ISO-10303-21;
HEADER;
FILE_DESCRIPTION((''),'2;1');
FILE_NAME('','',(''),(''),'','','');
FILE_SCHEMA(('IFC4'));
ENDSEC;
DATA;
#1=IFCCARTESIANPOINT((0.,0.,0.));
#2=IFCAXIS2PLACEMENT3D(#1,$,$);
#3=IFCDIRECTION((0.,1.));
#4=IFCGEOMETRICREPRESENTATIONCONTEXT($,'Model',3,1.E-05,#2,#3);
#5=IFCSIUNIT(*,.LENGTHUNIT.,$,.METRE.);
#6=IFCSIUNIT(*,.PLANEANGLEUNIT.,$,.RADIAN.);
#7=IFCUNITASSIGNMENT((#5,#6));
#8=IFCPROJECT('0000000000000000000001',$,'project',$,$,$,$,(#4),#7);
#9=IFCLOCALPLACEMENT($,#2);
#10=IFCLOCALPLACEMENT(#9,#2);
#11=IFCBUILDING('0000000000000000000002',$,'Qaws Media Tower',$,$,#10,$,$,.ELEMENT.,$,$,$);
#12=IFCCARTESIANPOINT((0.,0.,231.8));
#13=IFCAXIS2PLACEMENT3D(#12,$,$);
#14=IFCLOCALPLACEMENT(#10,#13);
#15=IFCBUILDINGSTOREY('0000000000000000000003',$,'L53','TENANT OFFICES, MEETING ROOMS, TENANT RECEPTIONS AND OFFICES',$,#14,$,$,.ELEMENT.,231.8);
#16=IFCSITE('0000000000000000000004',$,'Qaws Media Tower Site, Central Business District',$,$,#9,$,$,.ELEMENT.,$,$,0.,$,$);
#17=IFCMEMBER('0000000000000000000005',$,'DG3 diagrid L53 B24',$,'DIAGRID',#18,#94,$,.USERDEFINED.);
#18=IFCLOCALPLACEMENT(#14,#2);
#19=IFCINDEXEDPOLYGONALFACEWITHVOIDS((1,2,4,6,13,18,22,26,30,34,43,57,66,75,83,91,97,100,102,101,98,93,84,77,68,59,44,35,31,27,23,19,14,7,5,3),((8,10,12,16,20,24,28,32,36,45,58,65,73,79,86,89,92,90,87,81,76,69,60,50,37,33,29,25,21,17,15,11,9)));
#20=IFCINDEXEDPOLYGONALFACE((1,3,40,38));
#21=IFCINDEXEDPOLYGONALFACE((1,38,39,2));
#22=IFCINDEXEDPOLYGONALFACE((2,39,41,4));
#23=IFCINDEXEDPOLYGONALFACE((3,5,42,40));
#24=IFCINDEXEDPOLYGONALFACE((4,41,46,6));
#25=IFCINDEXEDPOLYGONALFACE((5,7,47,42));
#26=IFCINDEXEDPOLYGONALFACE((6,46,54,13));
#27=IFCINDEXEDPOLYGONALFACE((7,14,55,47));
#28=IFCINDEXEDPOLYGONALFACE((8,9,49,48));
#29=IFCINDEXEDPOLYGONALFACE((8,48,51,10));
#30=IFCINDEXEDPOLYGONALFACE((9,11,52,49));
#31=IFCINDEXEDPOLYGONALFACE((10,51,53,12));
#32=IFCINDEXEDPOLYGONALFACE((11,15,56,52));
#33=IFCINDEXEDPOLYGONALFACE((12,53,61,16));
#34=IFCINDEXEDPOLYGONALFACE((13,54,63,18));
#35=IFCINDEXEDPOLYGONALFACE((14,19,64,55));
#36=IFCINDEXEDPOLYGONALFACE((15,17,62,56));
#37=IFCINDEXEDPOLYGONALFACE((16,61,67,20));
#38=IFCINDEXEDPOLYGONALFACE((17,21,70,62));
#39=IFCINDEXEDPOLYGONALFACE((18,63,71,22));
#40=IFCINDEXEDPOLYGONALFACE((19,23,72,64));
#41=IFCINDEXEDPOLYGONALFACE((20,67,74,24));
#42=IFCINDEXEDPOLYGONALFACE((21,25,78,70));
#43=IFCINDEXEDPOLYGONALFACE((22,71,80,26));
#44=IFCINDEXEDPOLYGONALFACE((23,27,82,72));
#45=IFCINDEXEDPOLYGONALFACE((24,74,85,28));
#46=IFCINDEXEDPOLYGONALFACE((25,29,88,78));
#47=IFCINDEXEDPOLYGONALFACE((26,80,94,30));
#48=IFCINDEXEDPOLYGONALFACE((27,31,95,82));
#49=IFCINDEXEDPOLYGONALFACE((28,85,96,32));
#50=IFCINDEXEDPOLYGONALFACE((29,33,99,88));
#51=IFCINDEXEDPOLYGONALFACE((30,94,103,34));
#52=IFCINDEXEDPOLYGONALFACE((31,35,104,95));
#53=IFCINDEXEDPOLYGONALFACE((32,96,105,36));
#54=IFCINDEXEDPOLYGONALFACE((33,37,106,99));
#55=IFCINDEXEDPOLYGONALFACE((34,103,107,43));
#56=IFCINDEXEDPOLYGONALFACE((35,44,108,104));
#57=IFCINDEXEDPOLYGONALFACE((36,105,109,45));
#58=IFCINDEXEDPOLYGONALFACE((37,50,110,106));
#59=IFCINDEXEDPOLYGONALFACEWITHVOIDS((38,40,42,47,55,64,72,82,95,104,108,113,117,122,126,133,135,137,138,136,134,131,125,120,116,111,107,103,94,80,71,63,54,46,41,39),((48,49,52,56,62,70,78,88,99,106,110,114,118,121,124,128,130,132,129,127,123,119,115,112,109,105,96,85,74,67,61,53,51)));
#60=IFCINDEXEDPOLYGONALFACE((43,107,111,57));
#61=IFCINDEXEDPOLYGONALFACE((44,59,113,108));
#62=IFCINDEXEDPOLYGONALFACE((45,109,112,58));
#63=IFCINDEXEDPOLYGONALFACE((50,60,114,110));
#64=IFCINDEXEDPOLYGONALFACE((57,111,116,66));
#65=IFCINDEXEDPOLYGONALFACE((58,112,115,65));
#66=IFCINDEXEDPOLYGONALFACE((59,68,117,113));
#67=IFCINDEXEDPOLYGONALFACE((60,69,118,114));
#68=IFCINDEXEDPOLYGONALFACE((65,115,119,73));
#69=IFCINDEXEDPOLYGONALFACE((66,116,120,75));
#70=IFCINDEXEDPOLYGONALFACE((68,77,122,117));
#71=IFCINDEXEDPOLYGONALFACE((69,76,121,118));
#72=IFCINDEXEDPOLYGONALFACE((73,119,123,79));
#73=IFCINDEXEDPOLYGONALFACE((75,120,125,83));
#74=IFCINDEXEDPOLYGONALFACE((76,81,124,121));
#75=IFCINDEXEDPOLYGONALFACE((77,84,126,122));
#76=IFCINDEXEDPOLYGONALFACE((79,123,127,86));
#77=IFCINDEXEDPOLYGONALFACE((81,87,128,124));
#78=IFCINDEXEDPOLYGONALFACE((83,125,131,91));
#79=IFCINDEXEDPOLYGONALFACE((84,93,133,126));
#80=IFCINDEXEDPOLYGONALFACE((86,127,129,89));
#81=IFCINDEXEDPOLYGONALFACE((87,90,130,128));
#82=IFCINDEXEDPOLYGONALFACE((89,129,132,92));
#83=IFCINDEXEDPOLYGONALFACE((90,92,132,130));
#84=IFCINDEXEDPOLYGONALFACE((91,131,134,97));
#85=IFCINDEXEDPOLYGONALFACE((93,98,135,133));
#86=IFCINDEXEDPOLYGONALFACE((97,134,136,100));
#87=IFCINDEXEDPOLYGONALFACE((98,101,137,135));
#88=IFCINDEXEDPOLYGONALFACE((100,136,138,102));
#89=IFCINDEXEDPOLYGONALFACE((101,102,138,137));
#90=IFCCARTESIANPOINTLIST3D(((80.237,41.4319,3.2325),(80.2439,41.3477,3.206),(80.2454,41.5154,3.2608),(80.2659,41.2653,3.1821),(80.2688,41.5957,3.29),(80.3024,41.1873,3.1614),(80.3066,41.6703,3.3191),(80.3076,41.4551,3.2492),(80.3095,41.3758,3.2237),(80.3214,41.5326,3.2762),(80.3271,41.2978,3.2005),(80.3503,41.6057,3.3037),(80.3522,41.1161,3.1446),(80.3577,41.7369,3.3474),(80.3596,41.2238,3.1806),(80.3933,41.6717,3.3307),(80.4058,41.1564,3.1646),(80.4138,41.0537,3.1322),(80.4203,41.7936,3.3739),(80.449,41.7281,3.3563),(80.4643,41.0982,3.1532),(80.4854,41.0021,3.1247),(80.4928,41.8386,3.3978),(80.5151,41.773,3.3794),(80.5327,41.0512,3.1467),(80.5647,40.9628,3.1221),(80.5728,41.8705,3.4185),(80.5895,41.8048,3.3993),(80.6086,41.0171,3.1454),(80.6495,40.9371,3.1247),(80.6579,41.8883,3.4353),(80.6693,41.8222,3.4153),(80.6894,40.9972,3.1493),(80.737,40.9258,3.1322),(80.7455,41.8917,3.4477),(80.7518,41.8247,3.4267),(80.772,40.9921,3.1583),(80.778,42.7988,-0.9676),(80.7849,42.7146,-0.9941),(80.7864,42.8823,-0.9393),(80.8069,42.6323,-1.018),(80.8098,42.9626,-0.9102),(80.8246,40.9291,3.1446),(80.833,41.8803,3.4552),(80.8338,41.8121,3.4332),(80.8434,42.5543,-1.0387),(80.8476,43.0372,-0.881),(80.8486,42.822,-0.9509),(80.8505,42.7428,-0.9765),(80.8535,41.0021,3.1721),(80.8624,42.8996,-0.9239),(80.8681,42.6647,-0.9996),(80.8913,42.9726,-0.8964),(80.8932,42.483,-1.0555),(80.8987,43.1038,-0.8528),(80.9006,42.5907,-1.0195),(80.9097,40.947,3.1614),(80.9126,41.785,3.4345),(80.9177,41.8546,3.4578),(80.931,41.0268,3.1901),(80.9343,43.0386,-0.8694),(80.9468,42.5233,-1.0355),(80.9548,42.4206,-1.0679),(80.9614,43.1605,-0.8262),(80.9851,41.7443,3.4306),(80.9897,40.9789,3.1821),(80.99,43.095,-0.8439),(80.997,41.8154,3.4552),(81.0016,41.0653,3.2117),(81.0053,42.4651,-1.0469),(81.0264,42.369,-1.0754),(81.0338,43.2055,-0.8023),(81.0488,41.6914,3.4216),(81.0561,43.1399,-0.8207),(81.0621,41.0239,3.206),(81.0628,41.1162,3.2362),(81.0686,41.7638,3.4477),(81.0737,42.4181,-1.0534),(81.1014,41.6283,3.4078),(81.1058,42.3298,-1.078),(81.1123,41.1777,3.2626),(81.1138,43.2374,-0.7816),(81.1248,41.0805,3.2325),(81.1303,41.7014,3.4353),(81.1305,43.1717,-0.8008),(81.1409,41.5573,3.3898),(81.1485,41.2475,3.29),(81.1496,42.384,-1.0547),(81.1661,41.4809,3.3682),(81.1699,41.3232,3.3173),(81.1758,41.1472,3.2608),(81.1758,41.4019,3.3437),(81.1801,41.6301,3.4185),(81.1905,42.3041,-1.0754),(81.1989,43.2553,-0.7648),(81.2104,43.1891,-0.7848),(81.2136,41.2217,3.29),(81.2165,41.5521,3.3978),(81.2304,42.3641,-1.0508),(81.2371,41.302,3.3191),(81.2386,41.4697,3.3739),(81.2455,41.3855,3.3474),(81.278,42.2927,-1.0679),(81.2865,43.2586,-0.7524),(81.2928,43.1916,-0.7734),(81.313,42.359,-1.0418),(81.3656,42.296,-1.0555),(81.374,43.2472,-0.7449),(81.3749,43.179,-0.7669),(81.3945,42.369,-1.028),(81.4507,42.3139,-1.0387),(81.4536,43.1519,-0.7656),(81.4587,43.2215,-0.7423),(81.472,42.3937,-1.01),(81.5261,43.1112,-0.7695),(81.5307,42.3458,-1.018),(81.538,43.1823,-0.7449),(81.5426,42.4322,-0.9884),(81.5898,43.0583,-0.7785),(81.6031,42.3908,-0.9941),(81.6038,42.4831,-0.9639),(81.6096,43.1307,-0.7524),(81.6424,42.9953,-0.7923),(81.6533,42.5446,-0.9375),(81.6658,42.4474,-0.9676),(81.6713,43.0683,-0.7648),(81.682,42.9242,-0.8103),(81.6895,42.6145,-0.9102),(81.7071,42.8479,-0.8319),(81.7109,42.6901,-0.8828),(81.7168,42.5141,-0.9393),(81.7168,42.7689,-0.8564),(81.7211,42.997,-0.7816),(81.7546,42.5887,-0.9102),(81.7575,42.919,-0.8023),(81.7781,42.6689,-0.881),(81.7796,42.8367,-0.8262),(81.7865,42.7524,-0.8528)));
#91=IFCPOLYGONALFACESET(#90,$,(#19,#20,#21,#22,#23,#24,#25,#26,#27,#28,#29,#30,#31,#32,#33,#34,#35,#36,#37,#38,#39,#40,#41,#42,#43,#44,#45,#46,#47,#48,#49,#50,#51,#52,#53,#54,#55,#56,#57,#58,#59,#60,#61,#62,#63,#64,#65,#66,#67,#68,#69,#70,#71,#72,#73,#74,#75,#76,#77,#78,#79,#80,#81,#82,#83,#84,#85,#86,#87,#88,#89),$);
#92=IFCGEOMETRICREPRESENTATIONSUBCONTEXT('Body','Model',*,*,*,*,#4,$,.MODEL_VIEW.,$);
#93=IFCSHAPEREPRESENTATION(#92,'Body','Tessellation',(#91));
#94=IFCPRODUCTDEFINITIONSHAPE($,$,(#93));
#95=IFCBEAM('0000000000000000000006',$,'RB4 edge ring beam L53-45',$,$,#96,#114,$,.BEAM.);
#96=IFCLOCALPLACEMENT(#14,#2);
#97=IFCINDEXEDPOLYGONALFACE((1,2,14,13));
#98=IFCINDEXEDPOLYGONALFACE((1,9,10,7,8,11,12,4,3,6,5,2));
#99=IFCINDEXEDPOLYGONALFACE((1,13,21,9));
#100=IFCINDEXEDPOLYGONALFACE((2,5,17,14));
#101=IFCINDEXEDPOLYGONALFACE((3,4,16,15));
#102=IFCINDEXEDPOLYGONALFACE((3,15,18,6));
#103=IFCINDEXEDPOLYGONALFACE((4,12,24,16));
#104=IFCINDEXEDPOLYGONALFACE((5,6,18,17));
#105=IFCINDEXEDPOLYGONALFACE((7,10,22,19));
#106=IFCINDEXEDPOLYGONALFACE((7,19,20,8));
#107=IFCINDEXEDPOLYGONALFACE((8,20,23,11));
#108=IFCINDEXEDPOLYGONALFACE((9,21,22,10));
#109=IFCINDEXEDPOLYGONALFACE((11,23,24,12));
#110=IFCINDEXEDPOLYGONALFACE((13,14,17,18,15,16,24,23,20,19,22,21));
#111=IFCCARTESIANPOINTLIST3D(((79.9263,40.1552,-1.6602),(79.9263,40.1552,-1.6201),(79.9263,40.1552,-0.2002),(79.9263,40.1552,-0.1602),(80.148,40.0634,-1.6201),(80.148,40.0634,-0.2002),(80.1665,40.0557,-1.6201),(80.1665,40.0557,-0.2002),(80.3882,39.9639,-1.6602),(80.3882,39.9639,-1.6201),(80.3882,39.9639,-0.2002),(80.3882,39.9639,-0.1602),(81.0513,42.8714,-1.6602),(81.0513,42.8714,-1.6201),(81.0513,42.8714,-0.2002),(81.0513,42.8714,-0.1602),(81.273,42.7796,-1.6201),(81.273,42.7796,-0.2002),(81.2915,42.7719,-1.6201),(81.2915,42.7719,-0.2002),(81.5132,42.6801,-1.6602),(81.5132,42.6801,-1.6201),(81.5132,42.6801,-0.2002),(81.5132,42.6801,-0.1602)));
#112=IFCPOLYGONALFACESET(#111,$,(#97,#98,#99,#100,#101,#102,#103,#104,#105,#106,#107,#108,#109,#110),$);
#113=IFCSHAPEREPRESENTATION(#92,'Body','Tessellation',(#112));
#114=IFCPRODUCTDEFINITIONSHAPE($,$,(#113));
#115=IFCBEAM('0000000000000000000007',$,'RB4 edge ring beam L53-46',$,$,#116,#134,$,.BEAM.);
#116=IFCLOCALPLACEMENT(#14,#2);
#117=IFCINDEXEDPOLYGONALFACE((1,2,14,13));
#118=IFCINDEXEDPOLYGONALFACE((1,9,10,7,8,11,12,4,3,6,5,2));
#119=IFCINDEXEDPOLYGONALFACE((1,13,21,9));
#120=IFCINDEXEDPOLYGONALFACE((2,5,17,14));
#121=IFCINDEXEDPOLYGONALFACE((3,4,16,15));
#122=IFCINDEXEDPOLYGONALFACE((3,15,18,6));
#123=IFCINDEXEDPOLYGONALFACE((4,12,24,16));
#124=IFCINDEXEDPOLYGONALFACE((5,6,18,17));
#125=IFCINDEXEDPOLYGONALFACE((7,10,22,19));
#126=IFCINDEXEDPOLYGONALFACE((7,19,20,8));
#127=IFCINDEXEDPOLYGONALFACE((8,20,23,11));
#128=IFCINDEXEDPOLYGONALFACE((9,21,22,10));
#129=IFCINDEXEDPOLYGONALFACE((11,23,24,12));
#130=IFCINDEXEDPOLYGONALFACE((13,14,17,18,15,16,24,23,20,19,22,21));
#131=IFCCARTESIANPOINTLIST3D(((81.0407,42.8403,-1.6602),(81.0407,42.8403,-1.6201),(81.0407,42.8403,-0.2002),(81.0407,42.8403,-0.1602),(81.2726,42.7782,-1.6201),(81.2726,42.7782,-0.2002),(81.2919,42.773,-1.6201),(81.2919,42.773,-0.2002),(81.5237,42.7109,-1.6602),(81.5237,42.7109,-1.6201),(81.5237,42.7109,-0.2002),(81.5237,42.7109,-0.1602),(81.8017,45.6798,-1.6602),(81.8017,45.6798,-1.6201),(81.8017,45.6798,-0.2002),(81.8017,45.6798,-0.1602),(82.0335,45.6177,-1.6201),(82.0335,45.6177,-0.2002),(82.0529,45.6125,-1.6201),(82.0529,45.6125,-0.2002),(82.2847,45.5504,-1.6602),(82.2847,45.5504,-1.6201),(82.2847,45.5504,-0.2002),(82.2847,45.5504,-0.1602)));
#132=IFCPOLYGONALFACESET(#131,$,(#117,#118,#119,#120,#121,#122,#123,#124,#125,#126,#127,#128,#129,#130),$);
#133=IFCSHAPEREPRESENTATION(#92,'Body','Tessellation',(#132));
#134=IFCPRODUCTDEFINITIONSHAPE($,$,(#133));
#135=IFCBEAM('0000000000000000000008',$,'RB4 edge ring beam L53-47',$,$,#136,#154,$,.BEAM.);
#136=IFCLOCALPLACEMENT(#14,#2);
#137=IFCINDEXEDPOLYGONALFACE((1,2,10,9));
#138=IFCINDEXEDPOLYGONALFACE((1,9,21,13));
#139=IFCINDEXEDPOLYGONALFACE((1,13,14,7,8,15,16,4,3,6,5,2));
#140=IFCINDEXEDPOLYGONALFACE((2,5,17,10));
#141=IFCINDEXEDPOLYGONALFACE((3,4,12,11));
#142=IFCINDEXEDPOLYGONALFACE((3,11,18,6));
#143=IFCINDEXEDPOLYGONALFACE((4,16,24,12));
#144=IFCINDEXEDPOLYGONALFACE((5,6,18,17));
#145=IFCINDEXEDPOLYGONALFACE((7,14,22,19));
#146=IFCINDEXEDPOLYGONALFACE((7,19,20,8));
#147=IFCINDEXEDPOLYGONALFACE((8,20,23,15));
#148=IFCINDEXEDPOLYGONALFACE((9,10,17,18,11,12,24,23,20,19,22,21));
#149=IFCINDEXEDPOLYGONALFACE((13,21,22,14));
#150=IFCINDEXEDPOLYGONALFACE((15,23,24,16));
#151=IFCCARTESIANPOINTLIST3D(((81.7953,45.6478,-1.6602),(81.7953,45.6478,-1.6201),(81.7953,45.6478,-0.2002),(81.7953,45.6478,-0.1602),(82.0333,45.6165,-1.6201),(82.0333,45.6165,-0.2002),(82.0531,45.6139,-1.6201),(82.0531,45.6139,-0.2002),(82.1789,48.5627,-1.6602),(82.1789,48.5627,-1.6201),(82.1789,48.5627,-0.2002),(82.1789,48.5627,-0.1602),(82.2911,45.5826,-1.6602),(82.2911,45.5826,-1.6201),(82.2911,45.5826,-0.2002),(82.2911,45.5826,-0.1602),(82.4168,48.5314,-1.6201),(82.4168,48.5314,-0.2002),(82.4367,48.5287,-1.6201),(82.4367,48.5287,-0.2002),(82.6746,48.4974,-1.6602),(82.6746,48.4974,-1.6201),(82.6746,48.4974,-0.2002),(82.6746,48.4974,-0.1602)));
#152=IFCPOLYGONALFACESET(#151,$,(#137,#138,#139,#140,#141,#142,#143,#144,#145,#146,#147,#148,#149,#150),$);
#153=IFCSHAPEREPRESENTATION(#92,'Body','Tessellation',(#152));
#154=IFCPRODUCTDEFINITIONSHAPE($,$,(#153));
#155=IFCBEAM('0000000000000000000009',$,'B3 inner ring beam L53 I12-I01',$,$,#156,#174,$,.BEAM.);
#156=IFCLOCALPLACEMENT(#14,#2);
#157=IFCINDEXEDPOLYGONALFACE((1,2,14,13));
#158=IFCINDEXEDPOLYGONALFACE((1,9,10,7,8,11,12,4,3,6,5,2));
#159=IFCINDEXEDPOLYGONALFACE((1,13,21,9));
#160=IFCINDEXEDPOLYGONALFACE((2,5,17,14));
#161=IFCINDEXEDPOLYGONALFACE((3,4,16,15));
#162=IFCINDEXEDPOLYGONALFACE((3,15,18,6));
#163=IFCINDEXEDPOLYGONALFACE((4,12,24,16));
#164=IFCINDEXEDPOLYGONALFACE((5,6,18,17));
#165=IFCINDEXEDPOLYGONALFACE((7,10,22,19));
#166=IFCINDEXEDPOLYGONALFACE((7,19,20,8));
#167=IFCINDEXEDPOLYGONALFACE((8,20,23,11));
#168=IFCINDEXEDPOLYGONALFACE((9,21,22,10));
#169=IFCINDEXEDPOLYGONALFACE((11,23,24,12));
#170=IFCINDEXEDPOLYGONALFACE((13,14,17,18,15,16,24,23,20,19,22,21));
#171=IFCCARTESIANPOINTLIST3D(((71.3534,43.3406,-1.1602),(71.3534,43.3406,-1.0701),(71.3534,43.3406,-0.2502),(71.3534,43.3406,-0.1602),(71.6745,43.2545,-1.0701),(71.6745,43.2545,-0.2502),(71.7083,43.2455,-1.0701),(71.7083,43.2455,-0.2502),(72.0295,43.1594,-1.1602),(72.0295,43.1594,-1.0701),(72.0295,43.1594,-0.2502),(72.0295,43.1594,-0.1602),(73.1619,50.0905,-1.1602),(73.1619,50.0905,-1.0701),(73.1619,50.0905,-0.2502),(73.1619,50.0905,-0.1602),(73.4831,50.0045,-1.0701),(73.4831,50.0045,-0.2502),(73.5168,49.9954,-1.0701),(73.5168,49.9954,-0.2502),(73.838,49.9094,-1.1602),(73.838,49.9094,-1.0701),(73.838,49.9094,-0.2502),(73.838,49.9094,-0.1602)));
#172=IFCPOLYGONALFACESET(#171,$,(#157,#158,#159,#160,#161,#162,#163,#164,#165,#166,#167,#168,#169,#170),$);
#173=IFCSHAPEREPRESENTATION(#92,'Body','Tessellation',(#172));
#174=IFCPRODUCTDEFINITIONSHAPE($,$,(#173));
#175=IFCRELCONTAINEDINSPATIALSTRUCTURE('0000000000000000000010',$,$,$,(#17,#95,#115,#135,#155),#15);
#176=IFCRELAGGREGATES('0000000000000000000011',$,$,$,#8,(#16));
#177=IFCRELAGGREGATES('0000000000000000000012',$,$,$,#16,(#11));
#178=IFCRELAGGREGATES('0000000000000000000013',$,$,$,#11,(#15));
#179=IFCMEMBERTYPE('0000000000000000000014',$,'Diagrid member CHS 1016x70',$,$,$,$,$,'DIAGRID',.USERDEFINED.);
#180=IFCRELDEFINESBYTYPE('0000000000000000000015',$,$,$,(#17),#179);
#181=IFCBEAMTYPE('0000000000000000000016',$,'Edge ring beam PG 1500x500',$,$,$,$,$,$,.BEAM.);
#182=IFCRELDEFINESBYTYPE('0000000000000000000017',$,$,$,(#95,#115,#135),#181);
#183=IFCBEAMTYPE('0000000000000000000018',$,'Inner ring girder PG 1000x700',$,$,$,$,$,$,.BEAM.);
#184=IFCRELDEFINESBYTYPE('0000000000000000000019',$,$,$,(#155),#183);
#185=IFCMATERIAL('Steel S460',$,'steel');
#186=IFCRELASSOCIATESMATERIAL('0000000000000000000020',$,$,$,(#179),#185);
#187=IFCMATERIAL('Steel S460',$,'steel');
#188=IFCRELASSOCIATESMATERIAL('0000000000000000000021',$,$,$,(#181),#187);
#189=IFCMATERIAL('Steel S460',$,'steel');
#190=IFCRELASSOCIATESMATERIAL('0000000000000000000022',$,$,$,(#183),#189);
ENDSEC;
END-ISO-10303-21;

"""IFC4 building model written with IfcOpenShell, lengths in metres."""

from ifc_helpers import new_model, si_unit, direction, frame, origin, origin_2d, place, context, subcontext, project, spatial, hollow_circle, i_section, extrude, material, material_profile, profile_set, type_object, element, save


model = new_model("IFC4")

# Units and contexts
model_context = context("Model", 3, precision=1e-05, world=origin(), true_north=direction((0.0, 1.0)))
body_context = subcontext(model_context, "Body", "Model", "MODEL_VIEW")
ifc_project = project(units=[si_unit("LENGTHUNIT", "METRE"), si_unit("PLANEANGLEUNIT", "RADIAN")], contexts=[model_context])

# Site, building, storey
site_placement = place(None, origin())
site = spatial("IfcSite", under=ifc_project, at=site_placement, Name="Qaws Media Tower Site, Central Business District", CompositionType="ELEMENT", RefElevation=0.0)
building_placement = place(site_placement, origin())
building = spatial("IfcBuilding", under=site, at=building_placement, Name="Qaws Media Tower", CompositionType="ELEMENT")
storey_placement = place(building_placement, frame((0.0, 0.0, 231.8)))
storey = spatial("IfcBuildingStorey", under=building, at=storey_placement, Name="L53", Description="TENANT OFFICES, MEETING ROOMS, TENANT RECEPTIONS AND OFFICES", CompositionType="ELEMENT", Elevation=231.8)

# Member
ifc_material_1 = material(Name="Steel S460", Category="steel")
ifc_material_profile_1 = material_profile(ifc_material_1, hollow_circle(Radius=0.5081, WallThickness=0.0701, at=origin_2d()), Name="CHS 1016x70")
ifc_profile_set_1 = profile_set([ifc_material_profile_1], Name="Steel S460")
member_type_1 = type_object("IfcMemberType", Name="Diagrid member CHS 1016x70", ElementType="DIAGRID", PredefinedType="USERDEFINED", material=ifc_profile_set_1)
for number, where, z_axis, x_axis, name in (
    (1, (81.2822, 42.7756, -0.9102), (-0.121575, -0.307175, 0.943855), (0.929822, -0.36801, 0.0), "DG3 diagrid L53 B24"),
):
    element("IfcMember", number, at=place(storey_placement, frame(where, z_axis=z_axis, x_axis=x_axis)), inside=storey, type_object=member_type_1, Name=name, ObjectType="DIAGRID", PredefinedType="USERDEFINED", context=body_context, shape_type="SweptSolid", body=[
        extrude(hollow_circle(Radius=0.5081, WallThickness=0.0701, at=origin_2d()), origin(), (0.0, 0.0, 1.0), 4.45),
    ])

# Beams
ifc_material_2 = material(Name="Steel S460", Category="steel")
ifc_material_profile_2 = material_profile(ifc_material_2, i_section(OverallWidth=0.5, OverallDepth=1.5, WebThickness=0.02, FlangeThickness=0.04, at=origin_2d()), Name="PG 1500x500")
ifc_profile_set_2 = profile_set([ifc_material_profile_2], Name="Steel S460")
beam_type_1 = type_object("IfcBeamType", Name="Edge ring beam PG 1500x500", PredefinedType="BEAM", material=ifc_profile_set_2)
beam_1_placement = place(storey_placement, frame((80.1572, 40.0596, -0.9102), z_axis=(0.382675, 0.923883, 0.0), x_axis=(-0.923883, 0.382675, 0.0)))
element("IfcBeam", 2, at=beam_1_placement, inside=storey, type_object=beam_type_1, Name="RB4 edge ring beam L53-45", PredefinedType="BEAM", context=body_context, shape_type="SweptSolid", body=[
    extrude(i_section(OverallWidth=0.5, OverallDepth=1.5, WebThickness=0.02, FlangeThickness=0.04, at=origin_2d()), origin(), (0.0, 0.0, 1.0), 2.9399),
])
beam_2_placement = place(storey_placement, frame((81.2822, 42.7756, -0.9102), z_axis=(0.258856, 0.965916, 0.0), x_axis=(-0.965916, 0.258856, 0.0)))
element("IfcBeam", 3, at=beam_2_placement, inside=storey, type_object=beam_type_1, Name="RB4 edge ring beam L53-46", PredefinedType="BEAM", context=body_context, shape_type="SweptSolid", body=[
    extrude(i_section(OverallWidth=0.5, OverallDepth=1.5, WebThickness=0.02, FlangeThickness=0.04, at=origin_2d()), origin(), (0.0, 0.0, 1.0), 2.9397),
])
beam_3_placement = place(storey_placement, frame((82.0432, 45.6152, -0.9102), z_axis=(0.130461, 0.991453, 0.0), x_axis=(-0.991453, 0.130461, 0.0)))
element("IfcBeam", 4, at=beam_3_placement, inside=storey, type_object=beam_type_1, Name="RB4 edge ring beam L53-47", PredefinedType="BEAM", context=body_context, shape_type="SweptSolid", body=[
    extrude(i_section(OverallWidth=0.5, OverallDepth=1.5, WebThickness=0.02, FlangeThickness=0.04, at=origin_2d()), origin(), (0.0, 0.0, 1.0), 2.9399),
])
ifc_material_3 = material(Name="Steel S460", Category="steel")
ifc_material_profile_3 = material_profile(ifc_material_3, i_section(OverallWidth=0.7, OverallDepth=1.0, WebThickness=0.0349, FlangeThickness=0.0901, at=origin_2d()), Name="PG 1000x700")
ifc_profile_set_3 = profile_set([ifc_material_profile_3], Name="Steel S460")
beam_type_2 = type_object("IfcBeamType", Name="Inner ring girder PG 1000x700", PredefinedType="BEAM", material=ifc_profile_set_3)
beam_4_placement = place(storey_placement, frame((71.6914, 43.25, -0.6602), z_axis=(0.258811, 0.965928, 0.0), x_axis=(-0.965928, 0.258811, 0.0)))
element("IfcBeam", 5, at=beam_4_placement, inside=storey, type_object=beam_type_2, Name="B3 inner ring beam L53 I12-I01", PredefinedType="BEAM", context=body_context, shape_type="SweptSolid", body=[
    extrude(i_section(OverallWidth=0.7, OverallDepth=1.0, WebThickness=0.0349, FlangeThickness=0.0901, at=origin_2d()), origin(), (0.0, 0.0, 1.0), 6.988),
])

save(model, "model.ifc")
